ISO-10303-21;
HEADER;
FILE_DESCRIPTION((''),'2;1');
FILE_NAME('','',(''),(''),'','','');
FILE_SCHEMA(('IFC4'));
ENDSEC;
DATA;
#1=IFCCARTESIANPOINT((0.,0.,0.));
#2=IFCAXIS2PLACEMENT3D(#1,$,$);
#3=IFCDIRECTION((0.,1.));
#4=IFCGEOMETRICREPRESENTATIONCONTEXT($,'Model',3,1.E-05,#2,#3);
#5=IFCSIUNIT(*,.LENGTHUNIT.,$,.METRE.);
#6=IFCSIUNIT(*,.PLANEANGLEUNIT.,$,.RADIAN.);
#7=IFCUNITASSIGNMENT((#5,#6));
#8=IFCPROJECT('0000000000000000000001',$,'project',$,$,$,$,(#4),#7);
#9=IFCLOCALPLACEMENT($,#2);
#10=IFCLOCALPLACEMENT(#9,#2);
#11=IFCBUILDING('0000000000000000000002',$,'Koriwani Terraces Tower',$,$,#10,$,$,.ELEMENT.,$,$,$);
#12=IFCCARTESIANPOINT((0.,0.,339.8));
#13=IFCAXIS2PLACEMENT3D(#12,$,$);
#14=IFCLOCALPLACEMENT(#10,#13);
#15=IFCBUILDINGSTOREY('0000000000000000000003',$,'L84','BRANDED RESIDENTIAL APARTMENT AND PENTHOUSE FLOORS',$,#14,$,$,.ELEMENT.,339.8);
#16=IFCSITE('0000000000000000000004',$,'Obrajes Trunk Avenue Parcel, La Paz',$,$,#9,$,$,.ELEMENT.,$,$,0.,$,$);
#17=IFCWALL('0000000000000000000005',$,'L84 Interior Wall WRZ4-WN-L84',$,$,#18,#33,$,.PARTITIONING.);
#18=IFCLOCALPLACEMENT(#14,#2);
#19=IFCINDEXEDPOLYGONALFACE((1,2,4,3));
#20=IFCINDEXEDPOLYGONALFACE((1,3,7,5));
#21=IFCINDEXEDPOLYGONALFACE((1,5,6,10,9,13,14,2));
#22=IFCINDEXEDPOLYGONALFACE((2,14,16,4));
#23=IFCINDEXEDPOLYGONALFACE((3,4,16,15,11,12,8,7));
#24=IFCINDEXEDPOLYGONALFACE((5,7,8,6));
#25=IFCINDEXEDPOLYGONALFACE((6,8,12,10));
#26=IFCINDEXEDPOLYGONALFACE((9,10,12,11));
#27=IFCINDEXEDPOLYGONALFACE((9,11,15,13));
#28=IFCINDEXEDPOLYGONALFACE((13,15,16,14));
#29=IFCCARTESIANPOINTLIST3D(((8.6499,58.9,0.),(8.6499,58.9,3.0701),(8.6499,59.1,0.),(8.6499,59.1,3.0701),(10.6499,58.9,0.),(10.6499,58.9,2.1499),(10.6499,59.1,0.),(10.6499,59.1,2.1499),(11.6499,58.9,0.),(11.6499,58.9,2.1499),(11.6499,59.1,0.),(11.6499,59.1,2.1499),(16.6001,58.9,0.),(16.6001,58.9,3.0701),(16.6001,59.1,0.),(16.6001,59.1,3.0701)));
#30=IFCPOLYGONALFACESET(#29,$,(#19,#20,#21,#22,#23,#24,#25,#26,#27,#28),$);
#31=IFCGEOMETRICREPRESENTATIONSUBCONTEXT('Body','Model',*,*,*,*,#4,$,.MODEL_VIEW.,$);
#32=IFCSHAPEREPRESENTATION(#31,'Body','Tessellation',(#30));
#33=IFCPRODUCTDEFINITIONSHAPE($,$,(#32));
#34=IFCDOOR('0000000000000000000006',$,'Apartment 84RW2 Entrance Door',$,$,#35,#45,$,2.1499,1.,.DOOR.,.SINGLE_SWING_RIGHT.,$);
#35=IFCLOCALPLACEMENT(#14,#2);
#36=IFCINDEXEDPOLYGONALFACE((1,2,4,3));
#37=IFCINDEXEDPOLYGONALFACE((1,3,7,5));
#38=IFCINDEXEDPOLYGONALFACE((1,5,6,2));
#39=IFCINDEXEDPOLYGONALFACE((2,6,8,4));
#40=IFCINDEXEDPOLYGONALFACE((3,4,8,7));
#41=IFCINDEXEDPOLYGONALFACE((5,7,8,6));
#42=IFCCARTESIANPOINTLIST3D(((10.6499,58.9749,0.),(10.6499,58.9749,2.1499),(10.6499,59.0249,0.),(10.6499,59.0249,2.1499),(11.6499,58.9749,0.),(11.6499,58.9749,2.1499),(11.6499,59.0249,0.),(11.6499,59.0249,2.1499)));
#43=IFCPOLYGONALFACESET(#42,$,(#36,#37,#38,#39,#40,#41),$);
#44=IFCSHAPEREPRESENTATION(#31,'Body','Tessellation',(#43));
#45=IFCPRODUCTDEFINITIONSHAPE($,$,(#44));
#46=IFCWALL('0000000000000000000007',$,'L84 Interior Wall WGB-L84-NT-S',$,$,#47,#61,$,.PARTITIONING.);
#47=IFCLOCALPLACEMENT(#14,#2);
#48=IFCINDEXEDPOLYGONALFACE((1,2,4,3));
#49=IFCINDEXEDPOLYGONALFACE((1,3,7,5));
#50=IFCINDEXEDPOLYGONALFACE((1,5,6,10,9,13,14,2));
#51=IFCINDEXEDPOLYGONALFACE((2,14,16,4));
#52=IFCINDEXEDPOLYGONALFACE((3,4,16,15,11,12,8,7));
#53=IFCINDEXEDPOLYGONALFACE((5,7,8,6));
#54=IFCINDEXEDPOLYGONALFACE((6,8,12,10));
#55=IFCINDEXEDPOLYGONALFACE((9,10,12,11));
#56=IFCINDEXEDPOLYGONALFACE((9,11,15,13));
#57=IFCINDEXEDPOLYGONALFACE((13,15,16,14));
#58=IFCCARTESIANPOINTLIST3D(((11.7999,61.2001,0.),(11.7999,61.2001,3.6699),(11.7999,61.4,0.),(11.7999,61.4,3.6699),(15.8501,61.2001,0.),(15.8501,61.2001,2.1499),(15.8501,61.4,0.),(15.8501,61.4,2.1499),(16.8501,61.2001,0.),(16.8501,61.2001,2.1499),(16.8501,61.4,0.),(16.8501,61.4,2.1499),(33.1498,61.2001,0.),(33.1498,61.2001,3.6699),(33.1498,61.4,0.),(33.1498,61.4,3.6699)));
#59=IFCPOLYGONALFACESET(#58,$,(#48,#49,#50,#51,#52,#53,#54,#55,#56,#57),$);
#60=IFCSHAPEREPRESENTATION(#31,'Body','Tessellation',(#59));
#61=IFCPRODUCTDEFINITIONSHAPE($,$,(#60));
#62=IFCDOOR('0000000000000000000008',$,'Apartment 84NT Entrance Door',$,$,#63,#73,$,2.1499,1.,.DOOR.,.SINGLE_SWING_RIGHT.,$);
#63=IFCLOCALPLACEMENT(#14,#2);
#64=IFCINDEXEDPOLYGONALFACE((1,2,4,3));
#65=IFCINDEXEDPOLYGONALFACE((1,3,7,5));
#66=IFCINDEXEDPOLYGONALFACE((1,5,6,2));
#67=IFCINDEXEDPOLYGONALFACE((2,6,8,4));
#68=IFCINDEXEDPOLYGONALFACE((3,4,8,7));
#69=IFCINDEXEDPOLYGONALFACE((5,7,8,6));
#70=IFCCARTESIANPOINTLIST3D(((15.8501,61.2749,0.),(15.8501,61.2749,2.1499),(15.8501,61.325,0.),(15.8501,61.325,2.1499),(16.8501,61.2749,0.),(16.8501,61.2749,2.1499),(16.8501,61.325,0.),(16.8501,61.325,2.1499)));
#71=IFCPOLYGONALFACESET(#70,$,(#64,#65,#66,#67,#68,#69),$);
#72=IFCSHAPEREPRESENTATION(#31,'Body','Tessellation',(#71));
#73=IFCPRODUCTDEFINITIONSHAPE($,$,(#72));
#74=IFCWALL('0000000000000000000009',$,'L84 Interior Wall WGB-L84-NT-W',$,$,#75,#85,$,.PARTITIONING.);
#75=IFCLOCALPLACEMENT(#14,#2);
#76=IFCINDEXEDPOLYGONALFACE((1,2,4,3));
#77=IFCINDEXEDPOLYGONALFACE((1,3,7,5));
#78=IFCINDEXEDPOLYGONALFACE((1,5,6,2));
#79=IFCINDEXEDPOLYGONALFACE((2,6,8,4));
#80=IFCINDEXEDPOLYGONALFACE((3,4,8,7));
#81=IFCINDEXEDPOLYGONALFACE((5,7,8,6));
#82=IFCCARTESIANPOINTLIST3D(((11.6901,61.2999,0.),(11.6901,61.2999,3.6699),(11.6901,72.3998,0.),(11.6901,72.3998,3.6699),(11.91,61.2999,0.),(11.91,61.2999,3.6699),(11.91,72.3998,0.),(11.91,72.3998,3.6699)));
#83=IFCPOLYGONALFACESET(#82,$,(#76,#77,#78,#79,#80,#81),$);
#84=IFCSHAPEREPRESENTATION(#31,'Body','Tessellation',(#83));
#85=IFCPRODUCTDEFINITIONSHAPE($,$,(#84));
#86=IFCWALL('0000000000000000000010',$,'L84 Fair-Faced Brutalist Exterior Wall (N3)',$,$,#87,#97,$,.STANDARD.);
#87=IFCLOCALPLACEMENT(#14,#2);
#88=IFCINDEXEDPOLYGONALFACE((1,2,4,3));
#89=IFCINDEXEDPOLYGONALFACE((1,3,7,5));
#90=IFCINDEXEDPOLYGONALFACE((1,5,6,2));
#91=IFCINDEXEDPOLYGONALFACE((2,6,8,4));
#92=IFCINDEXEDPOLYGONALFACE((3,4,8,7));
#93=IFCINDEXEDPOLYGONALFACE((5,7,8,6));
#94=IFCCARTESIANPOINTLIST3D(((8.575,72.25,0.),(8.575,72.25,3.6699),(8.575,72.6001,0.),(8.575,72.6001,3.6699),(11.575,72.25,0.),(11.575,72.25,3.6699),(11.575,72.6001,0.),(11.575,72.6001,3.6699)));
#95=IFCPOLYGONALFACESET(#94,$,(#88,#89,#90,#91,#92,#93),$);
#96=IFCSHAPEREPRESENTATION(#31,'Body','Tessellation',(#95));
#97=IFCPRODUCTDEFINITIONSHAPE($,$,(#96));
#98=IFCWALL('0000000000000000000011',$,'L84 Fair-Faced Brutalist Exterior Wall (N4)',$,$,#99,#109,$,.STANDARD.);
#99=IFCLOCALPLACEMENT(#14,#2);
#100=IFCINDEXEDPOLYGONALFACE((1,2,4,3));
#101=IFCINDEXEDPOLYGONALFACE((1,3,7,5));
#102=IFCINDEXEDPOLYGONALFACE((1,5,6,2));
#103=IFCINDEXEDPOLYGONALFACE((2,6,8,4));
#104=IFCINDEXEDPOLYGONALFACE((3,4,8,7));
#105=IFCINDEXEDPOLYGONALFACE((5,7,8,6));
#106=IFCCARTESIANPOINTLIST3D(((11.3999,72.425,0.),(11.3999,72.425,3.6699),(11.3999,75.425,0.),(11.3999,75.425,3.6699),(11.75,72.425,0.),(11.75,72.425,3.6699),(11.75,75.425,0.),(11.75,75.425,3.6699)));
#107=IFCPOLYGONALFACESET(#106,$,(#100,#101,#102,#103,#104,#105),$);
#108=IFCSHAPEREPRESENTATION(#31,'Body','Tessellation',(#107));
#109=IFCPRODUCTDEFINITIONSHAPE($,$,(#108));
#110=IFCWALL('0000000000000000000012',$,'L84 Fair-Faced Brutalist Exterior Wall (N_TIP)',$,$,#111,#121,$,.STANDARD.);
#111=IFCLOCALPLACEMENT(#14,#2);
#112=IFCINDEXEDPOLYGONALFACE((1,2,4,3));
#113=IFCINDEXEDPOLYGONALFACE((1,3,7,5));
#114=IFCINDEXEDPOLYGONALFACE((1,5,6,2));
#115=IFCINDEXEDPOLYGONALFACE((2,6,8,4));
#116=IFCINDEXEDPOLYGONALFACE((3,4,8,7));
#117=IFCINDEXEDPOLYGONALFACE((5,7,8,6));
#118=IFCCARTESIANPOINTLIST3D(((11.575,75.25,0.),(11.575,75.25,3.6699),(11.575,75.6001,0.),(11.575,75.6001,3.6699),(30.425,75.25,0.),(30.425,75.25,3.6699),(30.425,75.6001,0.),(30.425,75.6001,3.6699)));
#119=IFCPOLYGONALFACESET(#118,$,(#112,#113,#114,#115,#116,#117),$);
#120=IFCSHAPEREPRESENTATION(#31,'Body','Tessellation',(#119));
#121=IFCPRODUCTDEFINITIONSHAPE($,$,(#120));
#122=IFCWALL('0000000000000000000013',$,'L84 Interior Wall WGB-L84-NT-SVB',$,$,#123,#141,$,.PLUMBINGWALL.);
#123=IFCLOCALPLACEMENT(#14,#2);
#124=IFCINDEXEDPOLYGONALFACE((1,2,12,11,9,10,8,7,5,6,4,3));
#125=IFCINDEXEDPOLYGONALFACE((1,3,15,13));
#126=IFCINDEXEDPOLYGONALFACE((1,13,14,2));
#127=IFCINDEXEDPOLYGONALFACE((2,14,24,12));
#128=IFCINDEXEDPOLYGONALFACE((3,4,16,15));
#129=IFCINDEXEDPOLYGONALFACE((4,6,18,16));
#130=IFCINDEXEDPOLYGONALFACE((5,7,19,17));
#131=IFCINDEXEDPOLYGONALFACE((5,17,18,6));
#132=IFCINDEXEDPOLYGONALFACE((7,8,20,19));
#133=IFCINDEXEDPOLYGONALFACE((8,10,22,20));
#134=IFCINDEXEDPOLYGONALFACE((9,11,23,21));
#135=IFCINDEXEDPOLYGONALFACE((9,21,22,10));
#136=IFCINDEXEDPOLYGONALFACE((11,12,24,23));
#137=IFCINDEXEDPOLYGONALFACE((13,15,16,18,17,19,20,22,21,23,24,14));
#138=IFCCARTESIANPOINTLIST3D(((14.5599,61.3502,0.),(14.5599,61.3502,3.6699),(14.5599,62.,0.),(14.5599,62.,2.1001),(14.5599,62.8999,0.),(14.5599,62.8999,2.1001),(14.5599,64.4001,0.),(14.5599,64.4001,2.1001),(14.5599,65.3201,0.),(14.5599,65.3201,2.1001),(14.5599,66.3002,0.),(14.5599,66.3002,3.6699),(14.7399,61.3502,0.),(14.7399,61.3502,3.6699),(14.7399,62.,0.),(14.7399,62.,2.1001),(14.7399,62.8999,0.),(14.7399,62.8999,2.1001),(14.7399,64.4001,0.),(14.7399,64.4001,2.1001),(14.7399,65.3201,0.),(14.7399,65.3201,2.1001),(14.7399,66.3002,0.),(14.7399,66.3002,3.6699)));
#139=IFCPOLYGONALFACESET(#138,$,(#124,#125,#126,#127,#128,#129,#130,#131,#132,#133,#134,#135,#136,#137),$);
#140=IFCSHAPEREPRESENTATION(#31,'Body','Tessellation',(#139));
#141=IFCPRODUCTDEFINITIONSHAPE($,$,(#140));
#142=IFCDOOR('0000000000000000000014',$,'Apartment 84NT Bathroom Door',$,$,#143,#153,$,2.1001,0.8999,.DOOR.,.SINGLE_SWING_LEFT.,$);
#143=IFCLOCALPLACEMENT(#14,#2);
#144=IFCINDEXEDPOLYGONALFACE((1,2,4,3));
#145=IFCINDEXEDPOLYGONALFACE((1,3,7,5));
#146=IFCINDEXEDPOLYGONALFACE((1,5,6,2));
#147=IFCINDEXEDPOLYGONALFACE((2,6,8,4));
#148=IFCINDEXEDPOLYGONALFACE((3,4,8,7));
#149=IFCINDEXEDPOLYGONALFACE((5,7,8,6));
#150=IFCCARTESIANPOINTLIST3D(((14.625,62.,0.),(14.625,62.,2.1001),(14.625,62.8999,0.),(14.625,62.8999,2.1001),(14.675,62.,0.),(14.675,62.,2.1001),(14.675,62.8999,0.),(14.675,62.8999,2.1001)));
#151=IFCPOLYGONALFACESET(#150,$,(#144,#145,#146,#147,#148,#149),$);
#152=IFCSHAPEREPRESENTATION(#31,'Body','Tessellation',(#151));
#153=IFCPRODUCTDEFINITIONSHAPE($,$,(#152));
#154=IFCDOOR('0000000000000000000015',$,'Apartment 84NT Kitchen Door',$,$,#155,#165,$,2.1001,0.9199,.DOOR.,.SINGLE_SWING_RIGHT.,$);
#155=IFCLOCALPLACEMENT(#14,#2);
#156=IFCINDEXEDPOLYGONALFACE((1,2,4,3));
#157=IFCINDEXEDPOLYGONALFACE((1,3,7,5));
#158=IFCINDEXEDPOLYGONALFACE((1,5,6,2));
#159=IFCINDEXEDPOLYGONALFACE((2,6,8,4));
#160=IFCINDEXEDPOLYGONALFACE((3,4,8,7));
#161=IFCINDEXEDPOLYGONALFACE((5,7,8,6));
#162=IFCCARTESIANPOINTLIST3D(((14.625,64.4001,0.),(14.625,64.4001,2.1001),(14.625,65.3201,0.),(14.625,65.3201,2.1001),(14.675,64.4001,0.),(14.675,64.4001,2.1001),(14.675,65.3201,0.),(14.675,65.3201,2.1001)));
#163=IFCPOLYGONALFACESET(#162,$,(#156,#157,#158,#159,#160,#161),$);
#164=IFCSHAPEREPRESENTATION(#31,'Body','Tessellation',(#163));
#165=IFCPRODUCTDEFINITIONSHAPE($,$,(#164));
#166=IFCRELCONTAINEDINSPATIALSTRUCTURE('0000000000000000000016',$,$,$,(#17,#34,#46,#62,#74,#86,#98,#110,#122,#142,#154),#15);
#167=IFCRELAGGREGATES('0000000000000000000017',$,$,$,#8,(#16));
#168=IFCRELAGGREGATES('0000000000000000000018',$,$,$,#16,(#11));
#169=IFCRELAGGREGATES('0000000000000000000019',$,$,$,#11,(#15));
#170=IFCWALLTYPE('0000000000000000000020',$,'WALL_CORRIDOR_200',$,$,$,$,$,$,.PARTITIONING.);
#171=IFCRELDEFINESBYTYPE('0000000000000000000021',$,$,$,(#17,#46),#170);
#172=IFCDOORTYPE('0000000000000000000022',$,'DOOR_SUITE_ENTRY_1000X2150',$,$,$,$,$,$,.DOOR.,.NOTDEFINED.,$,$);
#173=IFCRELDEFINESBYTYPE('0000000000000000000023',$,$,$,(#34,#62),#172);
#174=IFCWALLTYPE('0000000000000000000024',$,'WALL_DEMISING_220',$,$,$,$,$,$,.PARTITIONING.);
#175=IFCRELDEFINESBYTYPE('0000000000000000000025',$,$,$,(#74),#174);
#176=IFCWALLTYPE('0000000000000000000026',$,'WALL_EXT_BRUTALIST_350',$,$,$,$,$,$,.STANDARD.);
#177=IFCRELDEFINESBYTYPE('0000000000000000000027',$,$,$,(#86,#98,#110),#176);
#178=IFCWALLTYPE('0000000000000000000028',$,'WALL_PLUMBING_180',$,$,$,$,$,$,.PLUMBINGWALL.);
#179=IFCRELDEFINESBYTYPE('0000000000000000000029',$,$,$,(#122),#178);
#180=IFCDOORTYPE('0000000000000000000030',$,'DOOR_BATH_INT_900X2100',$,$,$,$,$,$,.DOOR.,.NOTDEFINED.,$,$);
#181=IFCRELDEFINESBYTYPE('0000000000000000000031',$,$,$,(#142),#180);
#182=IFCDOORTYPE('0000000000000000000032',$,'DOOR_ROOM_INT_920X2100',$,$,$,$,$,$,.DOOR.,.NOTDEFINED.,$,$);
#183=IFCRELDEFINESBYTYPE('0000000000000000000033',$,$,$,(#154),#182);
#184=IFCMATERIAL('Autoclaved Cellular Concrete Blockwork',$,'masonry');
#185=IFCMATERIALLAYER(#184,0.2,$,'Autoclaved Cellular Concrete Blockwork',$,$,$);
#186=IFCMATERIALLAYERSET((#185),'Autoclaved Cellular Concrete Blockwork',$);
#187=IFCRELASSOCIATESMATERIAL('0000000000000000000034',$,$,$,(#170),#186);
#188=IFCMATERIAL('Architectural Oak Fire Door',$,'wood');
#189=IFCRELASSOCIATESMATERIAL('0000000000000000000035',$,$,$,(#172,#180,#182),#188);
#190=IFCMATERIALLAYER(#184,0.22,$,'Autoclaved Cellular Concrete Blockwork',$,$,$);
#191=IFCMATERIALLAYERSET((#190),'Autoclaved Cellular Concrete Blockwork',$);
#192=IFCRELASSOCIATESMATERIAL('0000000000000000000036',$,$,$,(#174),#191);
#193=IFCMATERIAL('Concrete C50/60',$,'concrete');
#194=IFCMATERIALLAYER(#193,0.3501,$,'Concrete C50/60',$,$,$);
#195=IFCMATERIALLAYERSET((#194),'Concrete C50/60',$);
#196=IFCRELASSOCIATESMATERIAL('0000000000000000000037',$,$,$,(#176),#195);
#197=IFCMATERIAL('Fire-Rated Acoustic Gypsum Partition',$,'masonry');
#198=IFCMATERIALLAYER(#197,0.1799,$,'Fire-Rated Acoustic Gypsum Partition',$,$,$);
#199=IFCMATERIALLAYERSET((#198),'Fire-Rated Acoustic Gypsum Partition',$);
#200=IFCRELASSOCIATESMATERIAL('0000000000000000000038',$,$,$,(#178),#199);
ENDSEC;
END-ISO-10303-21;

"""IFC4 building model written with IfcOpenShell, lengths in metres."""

from ifc_helpers import new_model, si_unit, direction, frame, frame_2d, origin, place, context, subcontext, project, spatial, rectangle, extrude, material, layer, layer_set, type_object, element, fill, save


model = new_model("IFC4")

# Units and contexts
model_context = context("Model", 3, precision=1e-05, world=origin(), true_north=direction((0.0, 1.0)))
body_context = subcontext(model_context, "Body", "Model", "MODEL_VIEW")
ifc_project = project(units=[si_unit("LENGTHUNIT", "METRE"), si_unit("PLANEANGLEUNIT", "RADIAN")], contexts=[model_context])

# Site, building, storey
site_placement = place(None, origin())
site = spatial("IfcSite", under=ifc_project, at=site_placement, Name="Obrajes Trunk Avenue Parcel, La Paz", CompositionType="ELEMENT", RefElevation=0.0)
building_placement = place(site_placement, origin())
building = spatial("IfcBuilding", under=site, at=building_placement, Name="Koriwani Terraces Tower", CompositionType="ELEMENT")
storey_placement = place(building_placement, frame((0.0, 0.0, 339.8)))
storey = spatial("IfcBuildingStorey", under=building, at=storey_placement, Name="L84", Description="BRANDED RESIDENTIAL APARTMENT AND PENTHOUSE FLOORS", CompositionType="ELEMENT", Elevation=339.8)

# Shared definitions
ifc_material_1 = material(Name="Concrete C50/60", Category="concrete")

# Walls, openings, doors
ifc_material_2 = material(Name="Autoclaved Cellular Concrete Blockwork", Category="masonry")
ifc_layer_1 = layer(ifc_material_2, 0.2, Name="Autoclaved Cellular Concrete Blockwork")
ifc_layer_set_1 = layer_set([ifc_layer_1], Name="Autoclaved Cellular Concrete Blockwork")
wall_type_1 = type_object("IfcWallType", Name="WALL_CORRIDOR_200", PredefinedType="PARTITIONING", material=ifc_layer_set_1)
wall_1_placement = place(storey_placement, frame((8.6499, 59.0, 0.0), z_axis=(0.0, 0.0, 1.0), x_axis=(1.0, 0.0, 0.0)))
wall_1 = element("IfcWall", 1, at=wall_1_placement, inside=storey, type_object=wall_type_1, Name="L84 Interior Wall WRZ4-WN-L84", PredefinedType="PARTITIONING", context=body_context, shape_type="SweptSolid", body=[
    extrude(rectangle(XDim=7.9502, YDim=0.2, at=frame_2d((3.9751, 0.0))), origin(), (0.0, 0.0, 1.0), 3.0701),
])
opening_1_placement = place(wall_1_placement, frame((2.0, 0.0, 0.0)))
opening_1 = element("IfcOpeningElement", 2, at=opening_1_placement, cuts=wall_1, PredefinedType="OPENING", context=body_context, shape_type="SweptSolid", body=[
    extrude(rectangle(XDim=1.0, YDim=2.1499, at=frame_2d((0.5, 1.075))), frame((0.0, 0.1099, 0.0), z_axis=(0.0, -1.0, 0.0), x_axis=(1.0, 0.0, 0.0)), (0.0, 0.0, 1.0), 0.22),
])
ifc_material_3 = material(Name="Architectural Oak Fire Door", Category="wood")
door_type_1 = type_object("IfcDoorType", Name="DOOR_SUITE_ENTRY_1000X2150", OperationType="NOTDEFINED", PredefinedType="DOOR", material=ifc_material_3)
door_1_placement = place(opening_1_placement, origin())
door_1 = element("IfcDoor", 3, at=door_1_placement, inside=storey, type_object=door_type_1, Name="Apartment 84RW2 Entrance Door", OperationType="SINGLE_SWING_RIGHT", OverallHeight=2.1499, OverallWidth=1.0, PredefinedType="DOOR", context=body_context, shape_type="SweptSolid", body=[
    extrude(rectangle(XDim=1.0, YDim=2.1499, at=frame_2d((0.5, 1.075))), frame((0.0, 0.0249, 0.0), z_axis=(0.0, -1.0, 0.0), x_axis=(1.0, 0.0, 0.0)), (0.0, 0.0, 1.0), 0.05),
])
fill(opening_1, door_1)
wall_2_placement = place(storey_placement, frame((11.8, 61.3, 0.0), z_axis=(0.0, 0.0, 1.0), x_axis=(1.0, 0.0, 0.0)))
wall_2 = element("IfcWall", 4, at=wall_2_placement, inside=storey, type_object=wall_type_1, Name="L84 Interior Wall WGB-L84-NT-S", PredefinedType="PARTITIONING", context=body_context, shape_type="SweptSolid", body=[
    extrude(rectangle(XDim=21.3499, YDim=0.2, at=frame_2d((10.6748, 0.0))), origin(), (0.0, 0.0, 1.0), 3.6699),
])
opening_2_placement = place(wall_2_placement, frame((4.05, 0.0, 0.0)))
opening_2 = element("IfcOpeningElement", 5, at=opening_2_placement, cuts=wall_2, PredefinedType="OPENING", context=body_context, shape_type="SweptSolid", body=[
    extrude(rectangle(XDim=1.0, YDim=2.1499, at=frame_2d((0.5, 1.075))), frame((0.0, 0.1099, 0.0), z_axis=(0.0, -1.0, 0.0), x_axis=(1.0, 0.0, 0.0)), (0.0, 0.0, 1.0), 0.22),
])
door_2_placement = place(opening_2_placement, origin())
door_2 = element("IfcDoor", 6, at=door_2_placement, inside=storey, type_object=door_type_1, Name="Apartment 84NT Entrance Door", OperationType="SINGLE_SWING_RIGHT", OverallHeight=2.1499, OverallWidth=1.0, PredefinedType="DOOR", context=body_context, shape_type="SweptSolid", body=[
    extrude(rectangle(XDim=1.0, YDim=2.1499, at=frame_2d((0.5, 1.075))), frame((0.0, 0.0249, 0.0), z_axis=(0.0, -1.0, 0.0), x_axis=(1.0, 0.0, 0.0)), (0.0, 0.0, 1.0), 0.05),
])
fill(opening_2, door_2)

# Walls
ifc_layer_2 = layer(ifc_material_2, 0.22, Name="Autoclaved Cellular Concrete Blockwork")
ifc_layer_set_2 = layer_set([ifc_layer_2], Name="Autoclaved Cellular Concrete Blockwork")
wall_type_2 = type_object("IfcWallType", Name="WALL_DEMISING_220", PredefinedType="PARTITIONING", material=ifc_layer_set_2)
wall_3_placement = place(storey_placement, frame((11.8, 61.3, 0.0), z_axis=(0.0, 0.0, 1.0), x_axis=(0.0, 1.0, 0.0)))
element("IfcWall", 7, at=wall_3_placement, inside=storey, type_object=wall_type_2, Name="L84 Interior Wall WGB-L84-NT-W", PredefinedType="PARTITIONING", context=body_context, shape_type="SweptSolid", body=[
    extrude(rectangle(XDim=11.0999, YDim=0.22, at=frame_2d((5.5498, 0.0))), origin(), (0.0, 0.0, 1.0), 3.6699),
])
ifc_layer_3 = layer(ifc_material_1, 0.3501, Name="Concrete C50/60")
ifc_layer_set_3 = layer_set([ifc_layer_3], Name="Concrete C50/60")
wall_type_3 = type_object("IfcWallType", Name="WALL_EXT_BRUTALIST_350", PredefinedType="STANDARD", material=ifc_layer_set_3)
for number, where, z_axis, x_axis, name in (
    (8, (8.575, 72.425, 0.0), (0.0, 0.0, 1.0), (1.0, 0.0, 0.0), "L84 Fair-Faced Brutalist Exterior Wall (N3)"),
    (9, (11.575, 72.425, 0.0), (0.0, 0.0, 1.0), (0.0, 1.0, 0.0), "L84 Fair-Faced Brutalist Exterior Wall (N4)"),
):
    element("IfcWall", number, at=place(storey_placement, frame(where, z_axis=z_axis, x_axis=x_axis)), inside=storey, type_object=wall_type_3, Name=name, PredefinedType="STANDARD", context=body_context, shape_type="SweptSolid", body=[
        extrude(rectangle(XDim=3.0, YDim=0.3501, at=frame_2d((1.5, 0.0))), origin(), (0.0, 0.0, 1.0), 3.6699),
    ])
wall_4_placement = place(storey_placement, frame((11.575, 75.425, 0.0), z_axis=(0.0, 0.0, 1.0), x_axis=(1.0, 0.0, 0.0)))
element("IfcWall", 10, at=wall_4_placement, inside=storey, type_object=wall_type_3, Name="L84 Fair-Faced Brutalist Exterior Wall (N_TIP)", PredefinedType="STANDARD", context=body_context, shape_type="SweptSolid", body=[
    extrude(rectangle(XDim=18.8501, YDim=0.3501, at=frame_2d((9.425, 0.0))), origin(), (0.0, 0.0, 1.0), 3.6699),
])

# Wall, openings, doors
ifc_material_4 = material(Name="Fire-Rated Acoustic Gypsum Partition", Category="masonry")
ifc_layer_4 = layer(ifc_material_4, 0.1799, Name="Fire-Rated Acoustic Gypsum Partition")
ifc_layer_set_4 = layer_set([ifc_layer_4], Name="Fire-Rated Acoustic Gypsum Partition")
wall_type_4 = type_object("IfcWallType", Name="WALL_PLUMBING_180", PredefinedType="PLUMBINGWALL", material=ifc_layer_set_4)
wall_5_placement = place(storey_placement, frame((14.6499, 61.3501, 0.0), z_axis=(0.0, 0.0, 1.0), x_axis=(0.0, 1.0, 0.0)))
wall_5 = element("IfcWall", 11, at=wall_5_placement, inside=storey, type_object=wall_type_4, Name="L84 Interior Wall WGB-L84-NT-SVB", PredefinedType="PLUMBINGWALL", context=body_context, shape_type="SweptSolid", body=[
    extrude(rectangle(XDim=4.95, YDim=0.1799, at=frame_2d((2.4751, 0.0))), origin(), (0.0, 0.0, 1.0), 3.6699),
])
opening_3_placement = place(wall_5_placement, frame((0.6499, 0.0, 0.0)))
opening_3 = element("IfcOpeningElement", 12, at=opening_3_placement, cuts=wall_5, PredefinedType="OPENING", context=body_context, shape_type="SweptSolid", body=[
    extrude(rectangle(XDim=0.8999, YDim=2.1001, at=frame_2d((0.45, 1.05))), frame((0.0, 0.1001, 0.0), z_axis=(0.0, -1.0, 0.0), x_axis=(1.0, 0.0, 0.0)), (0.0, 0.0, 1.0), 0.2),
])
opening_4_placement = place(wall_5_placement, frame((3.05, 0.0, 0.0)))
opening_4 = element("IfcOpeningElement", 13, at=opening_4_placement, cuts=wall_5, PredefinedType="OPENING", context=body_context, shape_type="SweptSolid", body=[
    extrude(rectangle(XDim=0.9199, YDim=2.1001, at=frame_2d((0.46, 1.05))), frame((0.0, 0.1001, 0.0), z_axis=(0.0, -1.0, 0.0), x_axis=(1.0, 0.0, 0.0)), (0.0, 0.0, 1.0), 0.2),
])
door_type_2 = type_object("IfcDoorType", Name="DOOR_BATH_INT_900X2100", OperationType="NOTDEFINED", PredefinedType="DOOR", material=ifc_material_3)
door_3_placement = place(opening_3_placement, origin())
door_3 = element("IfcDoor", 14, at=door_3_placement, inside=storey, type_object=door_type_2, Name="Apartment 84NT Bathroom Door", OperationType="SINGLE_SWING_LEFT", OverallHeight=2.1001, OverallWidth=0.8999, PredefinedType="DOOR", context=body_context, shape_type="SweptSolid", body=[
    extrude(rectangle(XDim=0.8999, YDim=2.1001, at=frame_2d((0.45, 1.05))), frame((0.0, 0.0249, 0.0), z_axis=(0.0, -1.0, 0.0), x_axis=(1.0, 0.0, 0.0)), (0.0, 0.0, 1.0), 0.05),
])
fill(opening_3, door_3)
door_type_3 = type_object("IfcDoorType", Name="DOOR_ROOM_INT_920X2100", OperationType="NOTDEFINED", PredefinedType="DOOR", material=ifc_material_3)
door_4_placement = place(opening_4_placement, origin())
door_4 = element("IfcDoor", 15, at=door_4_placement, inside=storey, type_object=door_type_3, Name="Apartment 84NT Kitchen Door", OperationType="SINGLE_SWING_RIGHT", OverallHeight=2.1001, OverallWidth=0.9199, PredefinedType="DOOR", context=body_context, shape_type="SweptSolid", body=[
    extrude(rectangle(XDim=0.9199, YDim=2.1001, at=frame_2d((0.46, 1.05))), frame((0.0, 0.0249, 0.0), z_axis=(0.0, -1.0, 0.0), x_axis=(1.0, 0.0, 0.0)), (0.0, 0.0, 1.0), 0.05),
])
fill(opening_4, door_4)

save(model, "model.ifc")
